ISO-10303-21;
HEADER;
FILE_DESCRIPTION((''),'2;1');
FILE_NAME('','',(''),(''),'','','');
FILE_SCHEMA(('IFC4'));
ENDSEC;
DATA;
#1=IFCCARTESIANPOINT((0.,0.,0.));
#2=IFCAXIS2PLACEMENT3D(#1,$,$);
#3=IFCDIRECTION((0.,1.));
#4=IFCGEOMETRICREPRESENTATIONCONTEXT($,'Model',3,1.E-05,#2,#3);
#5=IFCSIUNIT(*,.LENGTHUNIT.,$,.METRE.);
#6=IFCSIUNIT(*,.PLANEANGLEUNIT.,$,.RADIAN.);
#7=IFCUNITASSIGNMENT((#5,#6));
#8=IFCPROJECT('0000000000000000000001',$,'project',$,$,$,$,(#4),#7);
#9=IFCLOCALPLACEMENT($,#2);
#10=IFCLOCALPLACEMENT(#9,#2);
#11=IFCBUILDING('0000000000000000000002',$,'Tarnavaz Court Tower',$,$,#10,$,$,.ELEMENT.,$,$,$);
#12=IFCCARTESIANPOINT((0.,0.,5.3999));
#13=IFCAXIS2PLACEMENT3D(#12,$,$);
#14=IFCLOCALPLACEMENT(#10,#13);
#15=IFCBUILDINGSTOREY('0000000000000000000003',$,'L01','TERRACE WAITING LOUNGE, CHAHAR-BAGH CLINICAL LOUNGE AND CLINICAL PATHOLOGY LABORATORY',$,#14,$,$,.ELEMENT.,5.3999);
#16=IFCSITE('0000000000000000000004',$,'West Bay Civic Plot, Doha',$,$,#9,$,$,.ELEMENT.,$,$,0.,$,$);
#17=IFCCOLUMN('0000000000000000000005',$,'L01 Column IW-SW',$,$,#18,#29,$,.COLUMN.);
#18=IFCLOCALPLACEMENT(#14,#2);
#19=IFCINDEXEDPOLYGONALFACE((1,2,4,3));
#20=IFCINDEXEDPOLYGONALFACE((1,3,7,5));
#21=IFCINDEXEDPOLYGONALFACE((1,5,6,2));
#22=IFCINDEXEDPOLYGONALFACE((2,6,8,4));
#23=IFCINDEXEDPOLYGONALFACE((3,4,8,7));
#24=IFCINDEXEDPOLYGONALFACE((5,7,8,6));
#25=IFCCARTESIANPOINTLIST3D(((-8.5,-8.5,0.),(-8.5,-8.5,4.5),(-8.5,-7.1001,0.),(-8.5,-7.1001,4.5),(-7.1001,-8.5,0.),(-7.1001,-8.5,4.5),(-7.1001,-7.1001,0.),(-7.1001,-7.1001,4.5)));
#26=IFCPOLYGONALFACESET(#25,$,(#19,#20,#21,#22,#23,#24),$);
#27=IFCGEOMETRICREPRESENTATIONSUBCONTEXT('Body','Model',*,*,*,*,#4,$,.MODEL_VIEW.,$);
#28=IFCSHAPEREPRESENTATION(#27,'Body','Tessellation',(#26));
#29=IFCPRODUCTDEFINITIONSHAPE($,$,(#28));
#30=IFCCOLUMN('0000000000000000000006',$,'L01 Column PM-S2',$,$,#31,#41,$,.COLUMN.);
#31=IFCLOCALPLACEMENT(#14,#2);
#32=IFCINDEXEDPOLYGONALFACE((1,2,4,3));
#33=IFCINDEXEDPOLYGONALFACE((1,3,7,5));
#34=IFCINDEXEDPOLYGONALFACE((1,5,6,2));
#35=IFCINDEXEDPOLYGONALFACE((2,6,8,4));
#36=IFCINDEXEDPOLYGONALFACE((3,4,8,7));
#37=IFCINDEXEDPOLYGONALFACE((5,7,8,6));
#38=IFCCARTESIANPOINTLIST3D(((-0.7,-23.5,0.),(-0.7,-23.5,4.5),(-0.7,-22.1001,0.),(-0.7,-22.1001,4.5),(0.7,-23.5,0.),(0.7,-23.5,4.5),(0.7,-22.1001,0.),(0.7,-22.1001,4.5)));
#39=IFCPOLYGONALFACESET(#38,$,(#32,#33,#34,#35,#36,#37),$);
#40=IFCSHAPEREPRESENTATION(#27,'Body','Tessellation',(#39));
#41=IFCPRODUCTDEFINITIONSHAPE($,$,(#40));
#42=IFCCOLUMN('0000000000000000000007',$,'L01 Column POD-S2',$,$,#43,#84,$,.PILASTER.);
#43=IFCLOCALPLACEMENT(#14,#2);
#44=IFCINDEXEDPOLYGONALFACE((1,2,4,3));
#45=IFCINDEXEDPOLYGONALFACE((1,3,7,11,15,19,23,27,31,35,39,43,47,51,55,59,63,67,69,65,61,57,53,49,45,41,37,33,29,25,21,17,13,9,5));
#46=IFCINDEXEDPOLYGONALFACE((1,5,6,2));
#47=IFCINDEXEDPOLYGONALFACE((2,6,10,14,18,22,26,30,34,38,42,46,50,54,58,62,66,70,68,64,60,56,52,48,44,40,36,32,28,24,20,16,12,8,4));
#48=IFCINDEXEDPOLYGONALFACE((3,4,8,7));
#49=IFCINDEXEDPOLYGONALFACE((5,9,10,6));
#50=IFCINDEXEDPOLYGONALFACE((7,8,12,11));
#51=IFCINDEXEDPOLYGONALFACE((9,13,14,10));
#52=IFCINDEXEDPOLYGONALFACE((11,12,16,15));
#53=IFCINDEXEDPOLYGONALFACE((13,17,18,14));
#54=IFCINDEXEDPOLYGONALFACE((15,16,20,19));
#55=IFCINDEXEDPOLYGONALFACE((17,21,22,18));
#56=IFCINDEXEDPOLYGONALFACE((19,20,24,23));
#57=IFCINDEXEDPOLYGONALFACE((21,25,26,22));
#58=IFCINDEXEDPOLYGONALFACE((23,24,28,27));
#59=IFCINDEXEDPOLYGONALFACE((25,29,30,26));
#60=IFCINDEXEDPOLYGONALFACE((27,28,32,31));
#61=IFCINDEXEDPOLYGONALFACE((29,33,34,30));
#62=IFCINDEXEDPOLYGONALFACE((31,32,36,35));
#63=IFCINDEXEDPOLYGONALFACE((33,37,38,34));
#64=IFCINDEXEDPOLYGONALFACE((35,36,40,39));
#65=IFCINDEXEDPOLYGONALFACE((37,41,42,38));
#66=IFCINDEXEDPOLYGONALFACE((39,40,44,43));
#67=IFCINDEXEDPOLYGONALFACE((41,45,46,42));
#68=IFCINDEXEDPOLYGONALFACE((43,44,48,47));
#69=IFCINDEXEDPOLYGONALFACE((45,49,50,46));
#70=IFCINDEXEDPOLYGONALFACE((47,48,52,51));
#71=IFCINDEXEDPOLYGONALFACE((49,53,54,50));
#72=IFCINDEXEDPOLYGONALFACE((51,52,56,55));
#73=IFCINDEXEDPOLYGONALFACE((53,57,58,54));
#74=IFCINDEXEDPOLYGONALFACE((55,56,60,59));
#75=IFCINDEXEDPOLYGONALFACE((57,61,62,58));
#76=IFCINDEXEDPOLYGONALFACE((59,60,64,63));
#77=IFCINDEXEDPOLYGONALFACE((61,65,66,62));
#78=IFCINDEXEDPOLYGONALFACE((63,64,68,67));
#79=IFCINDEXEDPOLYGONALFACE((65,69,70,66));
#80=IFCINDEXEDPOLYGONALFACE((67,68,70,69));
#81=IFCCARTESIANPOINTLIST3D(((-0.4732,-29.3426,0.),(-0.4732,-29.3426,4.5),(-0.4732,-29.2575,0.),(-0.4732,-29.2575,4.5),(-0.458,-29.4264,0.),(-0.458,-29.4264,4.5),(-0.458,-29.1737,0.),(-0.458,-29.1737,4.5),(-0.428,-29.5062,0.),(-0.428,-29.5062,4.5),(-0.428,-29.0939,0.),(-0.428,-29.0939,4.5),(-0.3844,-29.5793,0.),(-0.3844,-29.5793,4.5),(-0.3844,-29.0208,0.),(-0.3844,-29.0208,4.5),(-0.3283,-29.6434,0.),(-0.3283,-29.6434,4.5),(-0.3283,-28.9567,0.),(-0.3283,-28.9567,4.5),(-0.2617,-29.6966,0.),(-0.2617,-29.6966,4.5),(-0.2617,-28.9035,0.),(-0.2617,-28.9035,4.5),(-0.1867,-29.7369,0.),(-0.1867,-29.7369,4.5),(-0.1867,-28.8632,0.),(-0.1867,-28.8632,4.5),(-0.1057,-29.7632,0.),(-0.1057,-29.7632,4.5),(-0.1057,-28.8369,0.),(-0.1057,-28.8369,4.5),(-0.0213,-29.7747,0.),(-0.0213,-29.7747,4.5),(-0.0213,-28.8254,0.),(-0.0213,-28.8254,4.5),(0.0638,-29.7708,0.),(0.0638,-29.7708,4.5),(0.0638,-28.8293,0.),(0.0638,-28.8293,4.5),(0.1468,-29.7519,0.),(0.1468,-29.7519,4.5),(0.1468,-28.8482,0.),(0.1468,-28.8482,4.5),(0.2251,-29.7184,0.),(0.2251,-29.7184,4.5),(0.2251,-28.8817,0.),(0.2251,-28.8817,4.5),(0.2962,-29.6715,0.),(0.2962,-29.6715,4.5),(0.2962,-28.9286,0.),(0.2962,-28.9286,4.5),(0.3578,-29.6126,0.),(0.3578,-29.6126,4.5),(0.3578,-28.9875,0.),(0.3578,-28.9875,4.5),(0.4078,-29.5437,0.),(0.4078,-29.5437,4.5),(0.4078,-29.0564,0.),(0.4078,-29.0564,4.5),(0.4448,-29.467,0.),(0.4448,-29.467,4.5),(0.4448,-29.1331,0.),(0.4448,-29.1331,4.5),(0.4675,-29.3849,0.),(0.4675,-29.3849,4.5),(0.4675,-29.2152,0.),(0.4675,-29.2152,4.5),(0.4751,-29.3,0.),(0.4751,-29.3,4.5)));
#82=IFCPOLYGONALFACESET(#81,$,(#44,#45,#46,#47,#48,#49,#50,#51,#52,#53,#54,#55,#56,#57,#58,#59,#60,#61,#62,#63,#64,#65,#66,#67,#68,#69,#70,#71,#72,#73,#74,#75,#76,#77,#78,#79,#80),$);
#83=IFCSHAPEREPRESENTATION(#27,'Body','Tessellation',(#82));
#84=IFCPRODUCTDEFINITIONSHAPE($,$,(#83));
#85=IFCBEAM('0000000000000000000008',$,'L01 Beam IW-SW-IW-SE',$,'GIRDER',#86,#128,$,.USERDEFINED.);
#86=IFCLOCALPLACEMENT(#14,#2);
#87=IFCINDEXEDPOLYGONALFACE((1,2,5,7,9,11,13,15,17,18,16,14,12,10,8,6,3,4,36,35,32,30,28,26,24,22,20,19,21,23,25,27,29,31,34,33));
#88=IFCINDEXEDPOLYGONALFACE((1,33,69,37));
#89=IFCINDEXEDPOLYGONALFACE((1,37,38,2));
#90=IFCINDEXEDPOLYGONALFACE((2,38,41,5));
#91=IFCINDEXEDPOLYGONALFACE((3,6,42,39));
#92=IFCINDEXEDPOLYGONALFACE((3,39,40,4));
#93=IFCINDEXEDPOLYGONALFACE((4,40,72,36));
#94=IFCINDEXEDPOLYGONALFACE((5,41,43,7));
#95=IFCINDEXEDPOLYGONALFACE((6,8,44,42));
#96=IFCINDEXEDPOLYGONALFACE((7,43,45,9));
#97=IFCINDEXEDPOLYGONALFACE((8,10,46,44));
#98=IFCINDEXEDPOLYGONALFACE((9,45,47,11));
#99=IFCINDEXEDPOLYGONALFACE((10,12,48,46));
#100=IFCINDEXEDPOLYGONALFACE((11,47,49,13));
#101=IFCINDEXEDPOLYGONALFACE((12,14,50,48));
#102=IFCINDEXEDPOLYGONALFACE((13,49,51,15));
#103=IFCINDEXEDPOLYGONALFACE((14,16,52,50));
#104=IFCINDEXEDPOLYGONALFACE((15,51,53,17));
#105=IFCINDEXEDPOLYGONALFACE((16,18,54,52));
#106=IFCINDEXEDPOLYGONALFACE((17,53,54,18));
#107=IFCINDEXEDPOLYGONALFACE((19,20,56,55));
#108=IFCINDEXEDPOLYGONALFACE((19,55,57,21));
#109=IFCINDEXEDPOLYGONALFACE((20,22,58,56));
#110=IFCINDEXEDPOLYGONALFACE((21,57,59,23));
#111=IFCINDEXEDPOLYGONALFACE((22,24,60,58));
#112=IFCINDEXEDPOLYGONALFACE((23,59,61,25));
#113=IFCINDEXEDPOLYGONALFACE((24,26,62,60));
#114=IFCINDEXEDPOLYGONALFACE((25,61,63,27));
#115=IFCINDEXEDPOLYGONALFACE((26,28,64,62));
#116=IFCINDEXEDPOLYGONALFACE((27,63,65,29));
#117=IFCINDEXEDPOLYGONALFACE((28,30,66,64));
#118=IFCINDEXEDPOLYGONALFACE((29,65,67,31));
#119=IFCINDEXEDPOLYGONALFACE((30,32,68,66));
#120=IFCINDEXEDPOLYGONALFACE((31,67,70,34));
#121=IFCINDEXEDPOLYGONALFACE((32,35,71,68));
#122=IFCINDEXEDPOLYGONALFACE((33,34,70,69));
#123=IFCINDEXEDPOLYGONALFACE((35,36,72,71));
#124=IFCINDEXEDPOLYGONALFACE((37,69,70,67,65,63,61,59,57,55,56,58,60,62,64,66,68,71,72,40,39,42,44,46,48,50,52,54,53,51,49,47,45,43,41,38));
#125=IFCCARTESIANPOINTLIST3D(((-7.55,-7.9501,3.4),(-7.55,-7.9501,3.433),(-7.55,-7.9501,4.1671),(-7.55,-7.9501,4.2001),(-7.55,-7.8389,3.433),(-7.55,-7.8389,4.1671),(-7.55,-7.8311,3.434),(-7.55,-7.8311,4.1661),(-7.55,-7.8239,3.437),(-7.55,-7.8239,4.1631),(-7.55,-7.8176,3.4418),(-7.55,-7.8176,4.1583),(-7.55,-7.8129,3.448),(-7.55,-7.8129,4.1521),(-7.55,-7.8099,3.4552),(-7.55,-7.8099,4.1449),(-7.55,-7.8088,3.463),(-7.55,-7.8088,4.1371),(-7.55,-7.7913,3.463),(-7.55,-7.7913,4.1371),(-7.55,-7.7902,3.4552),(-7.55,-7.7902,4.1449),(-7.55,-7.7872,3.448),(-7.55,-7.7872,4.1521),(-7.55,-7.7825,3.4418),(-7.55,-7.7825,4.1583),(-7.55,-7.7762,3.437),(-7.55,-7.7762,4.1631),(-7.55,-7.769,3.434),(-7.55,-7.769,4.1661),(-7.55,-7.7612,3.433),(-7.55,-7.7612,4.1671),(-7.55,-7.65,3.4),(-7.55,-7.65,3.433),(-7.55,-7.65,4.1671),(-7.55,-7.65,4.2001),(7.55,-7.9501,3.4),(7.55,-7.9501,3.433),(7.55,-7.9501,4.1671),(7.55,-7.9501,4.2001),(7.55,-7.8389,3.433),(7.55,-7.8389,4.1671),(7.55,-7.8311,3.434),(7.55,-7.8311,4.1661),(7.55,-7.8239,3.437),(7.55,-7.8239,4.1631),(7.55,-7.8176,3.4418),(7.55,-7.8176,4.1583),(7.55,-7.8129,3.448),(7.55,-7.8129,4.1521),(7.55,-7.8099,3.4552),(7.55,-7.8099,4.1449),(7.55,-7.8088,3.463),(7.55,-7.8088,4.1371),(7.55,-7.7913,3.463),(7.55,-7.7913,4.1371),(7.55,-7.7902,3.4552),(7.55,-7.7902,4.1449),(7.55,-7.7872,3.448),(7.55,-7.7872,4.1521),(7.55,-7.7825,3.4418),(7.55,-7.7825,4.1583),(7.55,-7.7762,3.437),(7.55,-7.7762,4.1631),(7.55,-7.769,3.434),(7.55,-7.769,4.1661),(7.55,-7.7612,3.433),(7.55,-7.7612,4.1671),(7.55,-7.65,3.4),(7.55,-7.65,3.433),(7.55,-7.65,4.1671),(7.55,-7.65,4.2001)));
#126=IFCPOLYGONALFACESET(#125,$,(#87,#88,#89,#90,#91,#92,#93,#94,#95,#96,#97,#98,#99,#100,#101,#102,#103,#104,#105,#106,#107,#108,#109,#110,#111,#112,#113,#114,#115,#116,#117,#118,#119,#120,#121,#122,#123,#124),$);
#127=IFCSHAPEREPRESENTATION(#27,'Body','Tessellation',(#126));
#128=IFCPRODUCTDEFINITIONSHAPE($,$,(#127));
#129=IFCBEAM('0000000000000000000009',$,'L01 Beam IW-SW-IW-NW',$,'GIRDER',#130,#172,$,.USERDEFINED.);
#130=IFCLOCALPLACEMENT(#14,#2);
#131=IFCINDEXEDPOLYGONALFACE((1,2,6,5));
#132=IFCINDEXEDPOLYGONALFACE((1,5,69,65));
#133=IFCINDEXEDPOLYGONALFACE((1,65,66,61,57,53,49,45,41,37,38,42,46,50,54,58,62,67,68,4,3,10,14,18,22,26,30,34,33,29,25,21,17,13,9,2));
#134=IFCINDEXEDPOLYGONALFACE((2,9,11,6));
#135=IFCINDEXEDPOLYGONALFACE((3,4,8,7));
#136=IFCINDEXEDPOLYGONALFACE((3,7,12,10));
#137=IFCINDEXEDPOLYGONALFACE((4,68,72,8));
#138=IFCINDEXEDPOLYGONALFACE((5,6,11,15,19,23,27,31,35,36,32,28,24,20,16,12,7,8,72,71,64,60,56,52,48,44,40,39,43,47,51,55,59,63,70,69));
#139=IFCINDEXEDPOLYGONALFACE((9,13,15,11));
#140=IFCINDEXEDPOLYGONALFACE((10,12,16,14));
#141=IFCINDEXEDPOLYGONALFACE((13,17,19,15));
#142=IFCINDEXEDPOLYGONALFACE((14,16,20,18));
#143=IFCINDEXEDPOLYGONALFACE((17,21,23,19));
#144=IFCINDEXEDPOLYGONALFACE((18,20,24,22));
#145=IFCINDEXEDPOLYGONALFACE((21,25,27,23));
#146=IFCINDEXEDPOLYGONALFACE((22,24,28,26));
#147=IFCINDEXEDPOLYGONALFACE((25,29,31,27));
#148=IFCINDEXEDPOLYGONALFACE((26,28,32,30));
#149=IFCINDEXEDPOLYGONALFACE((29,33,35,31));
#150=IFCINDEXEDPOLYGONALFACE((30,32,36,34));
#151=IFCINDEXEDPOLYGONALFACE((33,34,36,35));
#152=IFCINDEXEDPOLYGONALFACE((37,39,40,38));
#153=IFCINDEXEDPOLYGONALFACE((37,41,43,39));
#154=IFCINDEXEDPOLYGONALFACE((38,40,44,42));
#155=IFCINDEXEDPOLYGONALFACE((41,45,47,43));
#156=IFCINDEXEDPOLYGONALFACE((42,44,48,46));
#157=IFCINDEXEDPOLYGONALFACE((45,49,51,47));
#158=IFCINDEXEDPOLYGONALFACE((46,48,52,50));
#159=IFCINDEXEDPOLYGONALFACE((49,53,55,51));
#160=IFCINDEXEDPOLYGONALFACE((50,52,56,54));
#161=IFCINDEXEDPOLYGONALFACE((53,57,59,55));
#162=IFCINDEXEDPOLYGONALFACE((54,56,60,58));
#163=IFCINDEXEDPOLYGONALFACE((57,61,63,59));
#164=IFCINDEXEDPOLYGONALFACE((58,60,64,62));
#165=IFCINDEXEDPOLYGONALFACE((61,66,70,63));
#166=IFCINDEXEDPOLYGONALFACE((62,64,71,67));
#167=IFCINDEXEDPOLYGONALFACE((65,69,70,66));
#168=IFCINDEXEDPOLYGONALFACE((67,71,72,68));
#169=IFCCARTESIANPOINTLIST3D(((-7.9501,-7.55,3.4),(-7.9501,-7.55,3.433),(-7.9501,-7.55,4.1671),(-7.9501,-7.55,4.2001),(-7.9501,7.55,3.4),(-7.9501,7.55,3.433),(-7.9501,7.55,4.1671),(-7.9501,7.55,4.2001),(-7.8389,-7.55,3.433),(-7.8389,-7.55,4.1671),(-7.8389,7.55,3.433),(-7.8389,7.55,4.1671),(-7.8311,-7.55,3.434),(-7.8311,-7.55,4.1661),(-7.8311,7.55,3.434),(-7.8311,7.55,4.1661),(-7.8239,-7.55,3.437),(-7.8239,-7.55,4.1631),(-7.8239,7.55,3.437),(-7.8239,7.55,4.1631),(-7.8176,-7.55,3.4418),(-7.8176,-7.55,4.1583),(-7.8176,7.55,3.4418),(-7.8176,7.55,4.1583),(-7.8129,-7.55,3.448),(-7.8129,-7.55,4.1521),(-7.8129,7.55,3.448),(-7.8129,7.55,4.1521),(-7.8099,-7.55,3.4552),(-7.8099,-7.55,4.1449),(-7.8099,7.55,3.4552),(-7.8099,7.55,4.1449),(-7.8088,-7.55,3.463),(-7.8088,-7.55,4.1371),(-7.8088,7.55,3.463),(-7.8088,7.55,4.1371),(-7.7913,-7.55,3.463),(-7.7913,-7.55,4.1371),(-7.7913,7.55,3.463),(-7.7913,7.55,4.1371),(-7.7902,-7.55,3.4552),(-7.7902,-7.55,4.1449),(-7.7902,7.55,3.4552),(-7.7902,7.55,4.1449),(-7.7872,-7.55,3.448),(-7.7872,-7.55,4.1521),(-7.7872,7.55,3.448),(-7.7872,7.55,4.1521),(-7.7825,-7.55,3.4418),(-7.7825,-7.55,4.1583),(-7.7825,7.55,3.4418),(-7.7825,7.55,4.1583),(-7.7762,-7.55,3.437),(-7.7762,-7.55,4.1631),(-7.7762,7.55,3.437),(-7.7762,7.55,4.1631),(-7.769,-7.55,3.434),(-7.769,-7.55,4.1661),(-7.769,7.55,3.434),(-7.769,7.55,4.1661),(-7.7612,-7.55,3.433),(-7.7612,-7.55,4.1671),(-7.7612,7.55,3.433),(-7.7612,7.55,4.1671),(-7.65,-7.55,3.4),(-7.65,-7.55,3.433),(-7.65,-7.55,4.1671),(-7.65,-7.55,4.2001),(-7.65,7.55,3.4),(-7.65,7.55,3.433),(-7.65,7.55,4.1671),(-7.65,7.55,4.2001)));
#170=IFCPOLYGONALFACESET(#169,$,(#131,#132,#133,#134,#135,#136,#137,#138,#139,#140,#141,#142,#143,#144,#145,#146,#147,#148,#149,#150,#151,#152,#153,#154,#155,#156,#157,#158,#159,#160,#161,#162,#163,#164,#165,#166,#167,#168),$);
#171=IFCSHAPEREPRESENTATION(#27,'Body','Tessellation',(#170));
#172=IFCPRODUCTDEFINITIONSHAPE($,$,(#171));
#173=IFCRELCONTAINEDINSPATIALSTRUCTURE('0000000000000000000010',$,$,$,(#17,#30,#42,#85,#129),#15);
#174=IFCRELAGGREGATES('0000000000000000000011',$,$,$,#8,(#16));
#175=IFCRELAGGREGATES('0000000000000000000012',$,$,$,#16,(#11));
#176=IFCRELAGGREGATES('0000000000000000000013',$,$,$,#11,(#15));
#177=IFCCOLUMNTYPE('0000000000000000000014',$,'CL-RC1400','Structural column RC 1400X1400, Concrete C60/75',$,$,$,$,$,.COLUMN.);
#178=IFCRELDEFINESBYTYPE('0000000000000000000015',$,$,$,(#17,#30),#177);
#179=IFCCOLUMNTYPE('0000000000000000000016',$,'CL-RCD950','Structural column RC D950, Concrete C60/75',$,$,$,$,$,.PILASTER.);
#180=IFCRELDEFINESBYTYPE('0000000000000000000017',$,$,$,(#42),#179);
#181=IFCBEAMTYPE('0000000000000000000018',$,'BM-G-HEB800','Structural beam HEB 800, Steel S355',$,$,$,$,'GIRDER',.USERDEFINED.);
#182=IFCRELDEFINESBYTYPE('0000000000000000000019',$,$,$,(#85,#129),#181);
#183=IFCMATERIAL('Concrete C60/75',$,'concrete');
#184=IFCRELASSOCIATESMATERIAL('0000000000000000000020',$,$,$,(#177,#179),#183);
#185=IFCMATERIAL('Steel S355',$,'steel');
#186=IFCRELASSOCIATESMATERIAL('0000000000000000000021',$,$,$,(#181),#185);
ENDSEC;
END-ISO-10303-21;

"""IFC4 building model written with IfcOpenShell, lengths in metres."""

from ifc_helpers import new_model, si_unit, direction, frame, origin, origin_2d, place, context, subcontext, project, spatial, rectangle, circle, i_section, extrude, material, material_profile, profile_set, type_object, element, save


model = new_model("IFC4")

# Units and contexts
model_context = context("Model", 3, precision=1e-05, world=origin(), true_north=direction((0.0, 1.0)))
body_context = subcontext(model_context, "Body", "Model", "MODEL_VIEW")
ifc_project = project(units=[si_unit("LENGTHUNIT", "METRE"), si_unit("PLANEANGLEUNIT", "RADIAN")], contexts=[model_context])

# Site, building, storey
site_placement = place(None, origin())
site = spatial("IfcSite", under=ifc_project, at=site_placement, Name="West Bay Civic Plot, Doha", CompositionType="ELEMENT", RefElevation=0.0)
building_placement = place(site_placement, origin())
building = spatial("IfcBuilding", under=site, at=building_placement, Name="Tarnavaz Court Tower", CompositionType="ELEMENT")
storey_placement = place(building_placement, frame((0.0, 0.0, 5.3999)))
storey = spatial("IfcBuildingStorey", under=building, at=storey_placement, Name="L01", Description="TERRACE WAITING LOUNGE, CHAHAR-BAGH CLINICAL LOUNGE AND CLINICAL PATHOLOGY LABORATORY", CompositionType="ELEMENT", Elevation=5.3999)

# Columns
ifc_material_1 = material(Name="Concrete C60/75", Category="concrete")
ifc_material_profile_1 = material_profile(ifc_material_1, rectangle(XDim=1.3999, YDim=1.3999, at=origin_2d()), Name="RC 1400X1400")
ifc_profile_set_1 = profile_set([ifc_material_profile_1], Name="Concrete C60/75")
column_type_1 = type_object("IfcColumnType", Name="CL-RC1400", Description="Structural column RC 1400X1400, Concrete C60/75", PredefinedType="COLUMN", material=ifc_profile_set_1)
for number, where, z_axis, x_axis, name in (
    (1, (-7.8, -7.8, 0.0), (0.0, 0.0, 1.0), (1.0, 0.0, 0.0), "L01 Column IW-SW"),
    (2, (0.0, -22.8, 0.0), (0.0, 0.0, 1.0), (1.0, 0.0, 0.0), "L01 Column PM-S2"),
):
    element("IfcColumn", number, at=place(storey_placement, frame(where, z_axis=z_axis, x_axis=x_axis)), inside=storey, type_object=column_type_1, Name=name, PredefinedType="COLUMN", context=body_context, shape_type="SweptSolid", body=[
        extrude(rectangle(XDim=1.3999, YDim=1.3999, at=origin_2d()), origin(), (0.0, 0.0, 1.0), 4.5),
    ])
ifc_material_profile_2 = material_profile(ifc_material_1, circle(Radius=0.4751, at=origin_2d()), Name="RC D950")
ifc_profile_set_2 = profile_set([ifc_material_profile_2], Name="Concrete C60/75")
column_type_2 = type_object("IfcColumnType", Name="CL-RCD950", Description="Structural column RC D950, Concrete C60/75", PredefinedType="PILASTER", material=ifc_profile_set_2)
column_placement = place(storey_placement, frame((0.0, -29.3, 0.0), z_axis=(0.0, 0.0, 1.0), x_axis=(1.0, 0.0, 0.0)))
element("IfcColumn", 3, at=column_placement, inside=storey, type_object=column_type_2, Name="L01 Column POD-S2", PredefinedType="PILASTER", context=body_context, shape_type="SweptSolid", body=[
    extrude(circle(Radius=0.4751, at=origin_2d()), origin(), (0.0, 0.0, 1.0), 4.5),
])

# Beams
ifc_material_2 = material(Name="Steel S355", Category="steel")
ifc_material_profile_3 = material_profile(ifc_material_2, i_section(OverallWidth=0.3, OverallDepth=0.8, WebThickness=0.0176, FlangeThickness=0.033, FilletRadius=0.03, at=origin_2d()), Name="HEB 800")
ifc_profile_set_3 = profile_set([ifc_material_profile_3], Name="Steel S355")
beam_type_1 = type_object("IfcBeamType", Name="BM-G-HEB800", Description="Structural beam HEB 800, Steel S355", ElementType="GIRDER", PredefinedType="USERDEFINED", material=ifc_profile_set_3)
for number, where, z_axis, x_axis, name in (
    (4, (-7.55, -7.8, 3.8), (1.0, 0.0, 0.0), (0.0, 1.0, 0.0), "L01 Beam IW-SW-IW-SE"),
    (5, (-7.8, -7.55, 3.8), (0.0, 1.0, 0.0), (-1.0, 0.0, 0.0), "L01 Beam IW-SW-IW-NW"),
):
    element("IfcBeam", number, at=place(storey_placement, frame(where, z_axis=z_axis, x_axis=x_axis)), inside=storey, type_object=beam_type_1, Name=name, ObjectType="GIRDER", PredefinedType="USERDEFINED", context=body_context, shape_type="SweptSolid", body=[
        extrude(i_section(OverallWidth=0.3, OverallDepth=0.8, WebThickness=0.0176, FlangeThickness=0.033, FilletRadius=0.03, at=origin_2d()), origin(), (0.0, 0.0, 1.0), 15.1001),
    ])

save(model, "model.ifc")
